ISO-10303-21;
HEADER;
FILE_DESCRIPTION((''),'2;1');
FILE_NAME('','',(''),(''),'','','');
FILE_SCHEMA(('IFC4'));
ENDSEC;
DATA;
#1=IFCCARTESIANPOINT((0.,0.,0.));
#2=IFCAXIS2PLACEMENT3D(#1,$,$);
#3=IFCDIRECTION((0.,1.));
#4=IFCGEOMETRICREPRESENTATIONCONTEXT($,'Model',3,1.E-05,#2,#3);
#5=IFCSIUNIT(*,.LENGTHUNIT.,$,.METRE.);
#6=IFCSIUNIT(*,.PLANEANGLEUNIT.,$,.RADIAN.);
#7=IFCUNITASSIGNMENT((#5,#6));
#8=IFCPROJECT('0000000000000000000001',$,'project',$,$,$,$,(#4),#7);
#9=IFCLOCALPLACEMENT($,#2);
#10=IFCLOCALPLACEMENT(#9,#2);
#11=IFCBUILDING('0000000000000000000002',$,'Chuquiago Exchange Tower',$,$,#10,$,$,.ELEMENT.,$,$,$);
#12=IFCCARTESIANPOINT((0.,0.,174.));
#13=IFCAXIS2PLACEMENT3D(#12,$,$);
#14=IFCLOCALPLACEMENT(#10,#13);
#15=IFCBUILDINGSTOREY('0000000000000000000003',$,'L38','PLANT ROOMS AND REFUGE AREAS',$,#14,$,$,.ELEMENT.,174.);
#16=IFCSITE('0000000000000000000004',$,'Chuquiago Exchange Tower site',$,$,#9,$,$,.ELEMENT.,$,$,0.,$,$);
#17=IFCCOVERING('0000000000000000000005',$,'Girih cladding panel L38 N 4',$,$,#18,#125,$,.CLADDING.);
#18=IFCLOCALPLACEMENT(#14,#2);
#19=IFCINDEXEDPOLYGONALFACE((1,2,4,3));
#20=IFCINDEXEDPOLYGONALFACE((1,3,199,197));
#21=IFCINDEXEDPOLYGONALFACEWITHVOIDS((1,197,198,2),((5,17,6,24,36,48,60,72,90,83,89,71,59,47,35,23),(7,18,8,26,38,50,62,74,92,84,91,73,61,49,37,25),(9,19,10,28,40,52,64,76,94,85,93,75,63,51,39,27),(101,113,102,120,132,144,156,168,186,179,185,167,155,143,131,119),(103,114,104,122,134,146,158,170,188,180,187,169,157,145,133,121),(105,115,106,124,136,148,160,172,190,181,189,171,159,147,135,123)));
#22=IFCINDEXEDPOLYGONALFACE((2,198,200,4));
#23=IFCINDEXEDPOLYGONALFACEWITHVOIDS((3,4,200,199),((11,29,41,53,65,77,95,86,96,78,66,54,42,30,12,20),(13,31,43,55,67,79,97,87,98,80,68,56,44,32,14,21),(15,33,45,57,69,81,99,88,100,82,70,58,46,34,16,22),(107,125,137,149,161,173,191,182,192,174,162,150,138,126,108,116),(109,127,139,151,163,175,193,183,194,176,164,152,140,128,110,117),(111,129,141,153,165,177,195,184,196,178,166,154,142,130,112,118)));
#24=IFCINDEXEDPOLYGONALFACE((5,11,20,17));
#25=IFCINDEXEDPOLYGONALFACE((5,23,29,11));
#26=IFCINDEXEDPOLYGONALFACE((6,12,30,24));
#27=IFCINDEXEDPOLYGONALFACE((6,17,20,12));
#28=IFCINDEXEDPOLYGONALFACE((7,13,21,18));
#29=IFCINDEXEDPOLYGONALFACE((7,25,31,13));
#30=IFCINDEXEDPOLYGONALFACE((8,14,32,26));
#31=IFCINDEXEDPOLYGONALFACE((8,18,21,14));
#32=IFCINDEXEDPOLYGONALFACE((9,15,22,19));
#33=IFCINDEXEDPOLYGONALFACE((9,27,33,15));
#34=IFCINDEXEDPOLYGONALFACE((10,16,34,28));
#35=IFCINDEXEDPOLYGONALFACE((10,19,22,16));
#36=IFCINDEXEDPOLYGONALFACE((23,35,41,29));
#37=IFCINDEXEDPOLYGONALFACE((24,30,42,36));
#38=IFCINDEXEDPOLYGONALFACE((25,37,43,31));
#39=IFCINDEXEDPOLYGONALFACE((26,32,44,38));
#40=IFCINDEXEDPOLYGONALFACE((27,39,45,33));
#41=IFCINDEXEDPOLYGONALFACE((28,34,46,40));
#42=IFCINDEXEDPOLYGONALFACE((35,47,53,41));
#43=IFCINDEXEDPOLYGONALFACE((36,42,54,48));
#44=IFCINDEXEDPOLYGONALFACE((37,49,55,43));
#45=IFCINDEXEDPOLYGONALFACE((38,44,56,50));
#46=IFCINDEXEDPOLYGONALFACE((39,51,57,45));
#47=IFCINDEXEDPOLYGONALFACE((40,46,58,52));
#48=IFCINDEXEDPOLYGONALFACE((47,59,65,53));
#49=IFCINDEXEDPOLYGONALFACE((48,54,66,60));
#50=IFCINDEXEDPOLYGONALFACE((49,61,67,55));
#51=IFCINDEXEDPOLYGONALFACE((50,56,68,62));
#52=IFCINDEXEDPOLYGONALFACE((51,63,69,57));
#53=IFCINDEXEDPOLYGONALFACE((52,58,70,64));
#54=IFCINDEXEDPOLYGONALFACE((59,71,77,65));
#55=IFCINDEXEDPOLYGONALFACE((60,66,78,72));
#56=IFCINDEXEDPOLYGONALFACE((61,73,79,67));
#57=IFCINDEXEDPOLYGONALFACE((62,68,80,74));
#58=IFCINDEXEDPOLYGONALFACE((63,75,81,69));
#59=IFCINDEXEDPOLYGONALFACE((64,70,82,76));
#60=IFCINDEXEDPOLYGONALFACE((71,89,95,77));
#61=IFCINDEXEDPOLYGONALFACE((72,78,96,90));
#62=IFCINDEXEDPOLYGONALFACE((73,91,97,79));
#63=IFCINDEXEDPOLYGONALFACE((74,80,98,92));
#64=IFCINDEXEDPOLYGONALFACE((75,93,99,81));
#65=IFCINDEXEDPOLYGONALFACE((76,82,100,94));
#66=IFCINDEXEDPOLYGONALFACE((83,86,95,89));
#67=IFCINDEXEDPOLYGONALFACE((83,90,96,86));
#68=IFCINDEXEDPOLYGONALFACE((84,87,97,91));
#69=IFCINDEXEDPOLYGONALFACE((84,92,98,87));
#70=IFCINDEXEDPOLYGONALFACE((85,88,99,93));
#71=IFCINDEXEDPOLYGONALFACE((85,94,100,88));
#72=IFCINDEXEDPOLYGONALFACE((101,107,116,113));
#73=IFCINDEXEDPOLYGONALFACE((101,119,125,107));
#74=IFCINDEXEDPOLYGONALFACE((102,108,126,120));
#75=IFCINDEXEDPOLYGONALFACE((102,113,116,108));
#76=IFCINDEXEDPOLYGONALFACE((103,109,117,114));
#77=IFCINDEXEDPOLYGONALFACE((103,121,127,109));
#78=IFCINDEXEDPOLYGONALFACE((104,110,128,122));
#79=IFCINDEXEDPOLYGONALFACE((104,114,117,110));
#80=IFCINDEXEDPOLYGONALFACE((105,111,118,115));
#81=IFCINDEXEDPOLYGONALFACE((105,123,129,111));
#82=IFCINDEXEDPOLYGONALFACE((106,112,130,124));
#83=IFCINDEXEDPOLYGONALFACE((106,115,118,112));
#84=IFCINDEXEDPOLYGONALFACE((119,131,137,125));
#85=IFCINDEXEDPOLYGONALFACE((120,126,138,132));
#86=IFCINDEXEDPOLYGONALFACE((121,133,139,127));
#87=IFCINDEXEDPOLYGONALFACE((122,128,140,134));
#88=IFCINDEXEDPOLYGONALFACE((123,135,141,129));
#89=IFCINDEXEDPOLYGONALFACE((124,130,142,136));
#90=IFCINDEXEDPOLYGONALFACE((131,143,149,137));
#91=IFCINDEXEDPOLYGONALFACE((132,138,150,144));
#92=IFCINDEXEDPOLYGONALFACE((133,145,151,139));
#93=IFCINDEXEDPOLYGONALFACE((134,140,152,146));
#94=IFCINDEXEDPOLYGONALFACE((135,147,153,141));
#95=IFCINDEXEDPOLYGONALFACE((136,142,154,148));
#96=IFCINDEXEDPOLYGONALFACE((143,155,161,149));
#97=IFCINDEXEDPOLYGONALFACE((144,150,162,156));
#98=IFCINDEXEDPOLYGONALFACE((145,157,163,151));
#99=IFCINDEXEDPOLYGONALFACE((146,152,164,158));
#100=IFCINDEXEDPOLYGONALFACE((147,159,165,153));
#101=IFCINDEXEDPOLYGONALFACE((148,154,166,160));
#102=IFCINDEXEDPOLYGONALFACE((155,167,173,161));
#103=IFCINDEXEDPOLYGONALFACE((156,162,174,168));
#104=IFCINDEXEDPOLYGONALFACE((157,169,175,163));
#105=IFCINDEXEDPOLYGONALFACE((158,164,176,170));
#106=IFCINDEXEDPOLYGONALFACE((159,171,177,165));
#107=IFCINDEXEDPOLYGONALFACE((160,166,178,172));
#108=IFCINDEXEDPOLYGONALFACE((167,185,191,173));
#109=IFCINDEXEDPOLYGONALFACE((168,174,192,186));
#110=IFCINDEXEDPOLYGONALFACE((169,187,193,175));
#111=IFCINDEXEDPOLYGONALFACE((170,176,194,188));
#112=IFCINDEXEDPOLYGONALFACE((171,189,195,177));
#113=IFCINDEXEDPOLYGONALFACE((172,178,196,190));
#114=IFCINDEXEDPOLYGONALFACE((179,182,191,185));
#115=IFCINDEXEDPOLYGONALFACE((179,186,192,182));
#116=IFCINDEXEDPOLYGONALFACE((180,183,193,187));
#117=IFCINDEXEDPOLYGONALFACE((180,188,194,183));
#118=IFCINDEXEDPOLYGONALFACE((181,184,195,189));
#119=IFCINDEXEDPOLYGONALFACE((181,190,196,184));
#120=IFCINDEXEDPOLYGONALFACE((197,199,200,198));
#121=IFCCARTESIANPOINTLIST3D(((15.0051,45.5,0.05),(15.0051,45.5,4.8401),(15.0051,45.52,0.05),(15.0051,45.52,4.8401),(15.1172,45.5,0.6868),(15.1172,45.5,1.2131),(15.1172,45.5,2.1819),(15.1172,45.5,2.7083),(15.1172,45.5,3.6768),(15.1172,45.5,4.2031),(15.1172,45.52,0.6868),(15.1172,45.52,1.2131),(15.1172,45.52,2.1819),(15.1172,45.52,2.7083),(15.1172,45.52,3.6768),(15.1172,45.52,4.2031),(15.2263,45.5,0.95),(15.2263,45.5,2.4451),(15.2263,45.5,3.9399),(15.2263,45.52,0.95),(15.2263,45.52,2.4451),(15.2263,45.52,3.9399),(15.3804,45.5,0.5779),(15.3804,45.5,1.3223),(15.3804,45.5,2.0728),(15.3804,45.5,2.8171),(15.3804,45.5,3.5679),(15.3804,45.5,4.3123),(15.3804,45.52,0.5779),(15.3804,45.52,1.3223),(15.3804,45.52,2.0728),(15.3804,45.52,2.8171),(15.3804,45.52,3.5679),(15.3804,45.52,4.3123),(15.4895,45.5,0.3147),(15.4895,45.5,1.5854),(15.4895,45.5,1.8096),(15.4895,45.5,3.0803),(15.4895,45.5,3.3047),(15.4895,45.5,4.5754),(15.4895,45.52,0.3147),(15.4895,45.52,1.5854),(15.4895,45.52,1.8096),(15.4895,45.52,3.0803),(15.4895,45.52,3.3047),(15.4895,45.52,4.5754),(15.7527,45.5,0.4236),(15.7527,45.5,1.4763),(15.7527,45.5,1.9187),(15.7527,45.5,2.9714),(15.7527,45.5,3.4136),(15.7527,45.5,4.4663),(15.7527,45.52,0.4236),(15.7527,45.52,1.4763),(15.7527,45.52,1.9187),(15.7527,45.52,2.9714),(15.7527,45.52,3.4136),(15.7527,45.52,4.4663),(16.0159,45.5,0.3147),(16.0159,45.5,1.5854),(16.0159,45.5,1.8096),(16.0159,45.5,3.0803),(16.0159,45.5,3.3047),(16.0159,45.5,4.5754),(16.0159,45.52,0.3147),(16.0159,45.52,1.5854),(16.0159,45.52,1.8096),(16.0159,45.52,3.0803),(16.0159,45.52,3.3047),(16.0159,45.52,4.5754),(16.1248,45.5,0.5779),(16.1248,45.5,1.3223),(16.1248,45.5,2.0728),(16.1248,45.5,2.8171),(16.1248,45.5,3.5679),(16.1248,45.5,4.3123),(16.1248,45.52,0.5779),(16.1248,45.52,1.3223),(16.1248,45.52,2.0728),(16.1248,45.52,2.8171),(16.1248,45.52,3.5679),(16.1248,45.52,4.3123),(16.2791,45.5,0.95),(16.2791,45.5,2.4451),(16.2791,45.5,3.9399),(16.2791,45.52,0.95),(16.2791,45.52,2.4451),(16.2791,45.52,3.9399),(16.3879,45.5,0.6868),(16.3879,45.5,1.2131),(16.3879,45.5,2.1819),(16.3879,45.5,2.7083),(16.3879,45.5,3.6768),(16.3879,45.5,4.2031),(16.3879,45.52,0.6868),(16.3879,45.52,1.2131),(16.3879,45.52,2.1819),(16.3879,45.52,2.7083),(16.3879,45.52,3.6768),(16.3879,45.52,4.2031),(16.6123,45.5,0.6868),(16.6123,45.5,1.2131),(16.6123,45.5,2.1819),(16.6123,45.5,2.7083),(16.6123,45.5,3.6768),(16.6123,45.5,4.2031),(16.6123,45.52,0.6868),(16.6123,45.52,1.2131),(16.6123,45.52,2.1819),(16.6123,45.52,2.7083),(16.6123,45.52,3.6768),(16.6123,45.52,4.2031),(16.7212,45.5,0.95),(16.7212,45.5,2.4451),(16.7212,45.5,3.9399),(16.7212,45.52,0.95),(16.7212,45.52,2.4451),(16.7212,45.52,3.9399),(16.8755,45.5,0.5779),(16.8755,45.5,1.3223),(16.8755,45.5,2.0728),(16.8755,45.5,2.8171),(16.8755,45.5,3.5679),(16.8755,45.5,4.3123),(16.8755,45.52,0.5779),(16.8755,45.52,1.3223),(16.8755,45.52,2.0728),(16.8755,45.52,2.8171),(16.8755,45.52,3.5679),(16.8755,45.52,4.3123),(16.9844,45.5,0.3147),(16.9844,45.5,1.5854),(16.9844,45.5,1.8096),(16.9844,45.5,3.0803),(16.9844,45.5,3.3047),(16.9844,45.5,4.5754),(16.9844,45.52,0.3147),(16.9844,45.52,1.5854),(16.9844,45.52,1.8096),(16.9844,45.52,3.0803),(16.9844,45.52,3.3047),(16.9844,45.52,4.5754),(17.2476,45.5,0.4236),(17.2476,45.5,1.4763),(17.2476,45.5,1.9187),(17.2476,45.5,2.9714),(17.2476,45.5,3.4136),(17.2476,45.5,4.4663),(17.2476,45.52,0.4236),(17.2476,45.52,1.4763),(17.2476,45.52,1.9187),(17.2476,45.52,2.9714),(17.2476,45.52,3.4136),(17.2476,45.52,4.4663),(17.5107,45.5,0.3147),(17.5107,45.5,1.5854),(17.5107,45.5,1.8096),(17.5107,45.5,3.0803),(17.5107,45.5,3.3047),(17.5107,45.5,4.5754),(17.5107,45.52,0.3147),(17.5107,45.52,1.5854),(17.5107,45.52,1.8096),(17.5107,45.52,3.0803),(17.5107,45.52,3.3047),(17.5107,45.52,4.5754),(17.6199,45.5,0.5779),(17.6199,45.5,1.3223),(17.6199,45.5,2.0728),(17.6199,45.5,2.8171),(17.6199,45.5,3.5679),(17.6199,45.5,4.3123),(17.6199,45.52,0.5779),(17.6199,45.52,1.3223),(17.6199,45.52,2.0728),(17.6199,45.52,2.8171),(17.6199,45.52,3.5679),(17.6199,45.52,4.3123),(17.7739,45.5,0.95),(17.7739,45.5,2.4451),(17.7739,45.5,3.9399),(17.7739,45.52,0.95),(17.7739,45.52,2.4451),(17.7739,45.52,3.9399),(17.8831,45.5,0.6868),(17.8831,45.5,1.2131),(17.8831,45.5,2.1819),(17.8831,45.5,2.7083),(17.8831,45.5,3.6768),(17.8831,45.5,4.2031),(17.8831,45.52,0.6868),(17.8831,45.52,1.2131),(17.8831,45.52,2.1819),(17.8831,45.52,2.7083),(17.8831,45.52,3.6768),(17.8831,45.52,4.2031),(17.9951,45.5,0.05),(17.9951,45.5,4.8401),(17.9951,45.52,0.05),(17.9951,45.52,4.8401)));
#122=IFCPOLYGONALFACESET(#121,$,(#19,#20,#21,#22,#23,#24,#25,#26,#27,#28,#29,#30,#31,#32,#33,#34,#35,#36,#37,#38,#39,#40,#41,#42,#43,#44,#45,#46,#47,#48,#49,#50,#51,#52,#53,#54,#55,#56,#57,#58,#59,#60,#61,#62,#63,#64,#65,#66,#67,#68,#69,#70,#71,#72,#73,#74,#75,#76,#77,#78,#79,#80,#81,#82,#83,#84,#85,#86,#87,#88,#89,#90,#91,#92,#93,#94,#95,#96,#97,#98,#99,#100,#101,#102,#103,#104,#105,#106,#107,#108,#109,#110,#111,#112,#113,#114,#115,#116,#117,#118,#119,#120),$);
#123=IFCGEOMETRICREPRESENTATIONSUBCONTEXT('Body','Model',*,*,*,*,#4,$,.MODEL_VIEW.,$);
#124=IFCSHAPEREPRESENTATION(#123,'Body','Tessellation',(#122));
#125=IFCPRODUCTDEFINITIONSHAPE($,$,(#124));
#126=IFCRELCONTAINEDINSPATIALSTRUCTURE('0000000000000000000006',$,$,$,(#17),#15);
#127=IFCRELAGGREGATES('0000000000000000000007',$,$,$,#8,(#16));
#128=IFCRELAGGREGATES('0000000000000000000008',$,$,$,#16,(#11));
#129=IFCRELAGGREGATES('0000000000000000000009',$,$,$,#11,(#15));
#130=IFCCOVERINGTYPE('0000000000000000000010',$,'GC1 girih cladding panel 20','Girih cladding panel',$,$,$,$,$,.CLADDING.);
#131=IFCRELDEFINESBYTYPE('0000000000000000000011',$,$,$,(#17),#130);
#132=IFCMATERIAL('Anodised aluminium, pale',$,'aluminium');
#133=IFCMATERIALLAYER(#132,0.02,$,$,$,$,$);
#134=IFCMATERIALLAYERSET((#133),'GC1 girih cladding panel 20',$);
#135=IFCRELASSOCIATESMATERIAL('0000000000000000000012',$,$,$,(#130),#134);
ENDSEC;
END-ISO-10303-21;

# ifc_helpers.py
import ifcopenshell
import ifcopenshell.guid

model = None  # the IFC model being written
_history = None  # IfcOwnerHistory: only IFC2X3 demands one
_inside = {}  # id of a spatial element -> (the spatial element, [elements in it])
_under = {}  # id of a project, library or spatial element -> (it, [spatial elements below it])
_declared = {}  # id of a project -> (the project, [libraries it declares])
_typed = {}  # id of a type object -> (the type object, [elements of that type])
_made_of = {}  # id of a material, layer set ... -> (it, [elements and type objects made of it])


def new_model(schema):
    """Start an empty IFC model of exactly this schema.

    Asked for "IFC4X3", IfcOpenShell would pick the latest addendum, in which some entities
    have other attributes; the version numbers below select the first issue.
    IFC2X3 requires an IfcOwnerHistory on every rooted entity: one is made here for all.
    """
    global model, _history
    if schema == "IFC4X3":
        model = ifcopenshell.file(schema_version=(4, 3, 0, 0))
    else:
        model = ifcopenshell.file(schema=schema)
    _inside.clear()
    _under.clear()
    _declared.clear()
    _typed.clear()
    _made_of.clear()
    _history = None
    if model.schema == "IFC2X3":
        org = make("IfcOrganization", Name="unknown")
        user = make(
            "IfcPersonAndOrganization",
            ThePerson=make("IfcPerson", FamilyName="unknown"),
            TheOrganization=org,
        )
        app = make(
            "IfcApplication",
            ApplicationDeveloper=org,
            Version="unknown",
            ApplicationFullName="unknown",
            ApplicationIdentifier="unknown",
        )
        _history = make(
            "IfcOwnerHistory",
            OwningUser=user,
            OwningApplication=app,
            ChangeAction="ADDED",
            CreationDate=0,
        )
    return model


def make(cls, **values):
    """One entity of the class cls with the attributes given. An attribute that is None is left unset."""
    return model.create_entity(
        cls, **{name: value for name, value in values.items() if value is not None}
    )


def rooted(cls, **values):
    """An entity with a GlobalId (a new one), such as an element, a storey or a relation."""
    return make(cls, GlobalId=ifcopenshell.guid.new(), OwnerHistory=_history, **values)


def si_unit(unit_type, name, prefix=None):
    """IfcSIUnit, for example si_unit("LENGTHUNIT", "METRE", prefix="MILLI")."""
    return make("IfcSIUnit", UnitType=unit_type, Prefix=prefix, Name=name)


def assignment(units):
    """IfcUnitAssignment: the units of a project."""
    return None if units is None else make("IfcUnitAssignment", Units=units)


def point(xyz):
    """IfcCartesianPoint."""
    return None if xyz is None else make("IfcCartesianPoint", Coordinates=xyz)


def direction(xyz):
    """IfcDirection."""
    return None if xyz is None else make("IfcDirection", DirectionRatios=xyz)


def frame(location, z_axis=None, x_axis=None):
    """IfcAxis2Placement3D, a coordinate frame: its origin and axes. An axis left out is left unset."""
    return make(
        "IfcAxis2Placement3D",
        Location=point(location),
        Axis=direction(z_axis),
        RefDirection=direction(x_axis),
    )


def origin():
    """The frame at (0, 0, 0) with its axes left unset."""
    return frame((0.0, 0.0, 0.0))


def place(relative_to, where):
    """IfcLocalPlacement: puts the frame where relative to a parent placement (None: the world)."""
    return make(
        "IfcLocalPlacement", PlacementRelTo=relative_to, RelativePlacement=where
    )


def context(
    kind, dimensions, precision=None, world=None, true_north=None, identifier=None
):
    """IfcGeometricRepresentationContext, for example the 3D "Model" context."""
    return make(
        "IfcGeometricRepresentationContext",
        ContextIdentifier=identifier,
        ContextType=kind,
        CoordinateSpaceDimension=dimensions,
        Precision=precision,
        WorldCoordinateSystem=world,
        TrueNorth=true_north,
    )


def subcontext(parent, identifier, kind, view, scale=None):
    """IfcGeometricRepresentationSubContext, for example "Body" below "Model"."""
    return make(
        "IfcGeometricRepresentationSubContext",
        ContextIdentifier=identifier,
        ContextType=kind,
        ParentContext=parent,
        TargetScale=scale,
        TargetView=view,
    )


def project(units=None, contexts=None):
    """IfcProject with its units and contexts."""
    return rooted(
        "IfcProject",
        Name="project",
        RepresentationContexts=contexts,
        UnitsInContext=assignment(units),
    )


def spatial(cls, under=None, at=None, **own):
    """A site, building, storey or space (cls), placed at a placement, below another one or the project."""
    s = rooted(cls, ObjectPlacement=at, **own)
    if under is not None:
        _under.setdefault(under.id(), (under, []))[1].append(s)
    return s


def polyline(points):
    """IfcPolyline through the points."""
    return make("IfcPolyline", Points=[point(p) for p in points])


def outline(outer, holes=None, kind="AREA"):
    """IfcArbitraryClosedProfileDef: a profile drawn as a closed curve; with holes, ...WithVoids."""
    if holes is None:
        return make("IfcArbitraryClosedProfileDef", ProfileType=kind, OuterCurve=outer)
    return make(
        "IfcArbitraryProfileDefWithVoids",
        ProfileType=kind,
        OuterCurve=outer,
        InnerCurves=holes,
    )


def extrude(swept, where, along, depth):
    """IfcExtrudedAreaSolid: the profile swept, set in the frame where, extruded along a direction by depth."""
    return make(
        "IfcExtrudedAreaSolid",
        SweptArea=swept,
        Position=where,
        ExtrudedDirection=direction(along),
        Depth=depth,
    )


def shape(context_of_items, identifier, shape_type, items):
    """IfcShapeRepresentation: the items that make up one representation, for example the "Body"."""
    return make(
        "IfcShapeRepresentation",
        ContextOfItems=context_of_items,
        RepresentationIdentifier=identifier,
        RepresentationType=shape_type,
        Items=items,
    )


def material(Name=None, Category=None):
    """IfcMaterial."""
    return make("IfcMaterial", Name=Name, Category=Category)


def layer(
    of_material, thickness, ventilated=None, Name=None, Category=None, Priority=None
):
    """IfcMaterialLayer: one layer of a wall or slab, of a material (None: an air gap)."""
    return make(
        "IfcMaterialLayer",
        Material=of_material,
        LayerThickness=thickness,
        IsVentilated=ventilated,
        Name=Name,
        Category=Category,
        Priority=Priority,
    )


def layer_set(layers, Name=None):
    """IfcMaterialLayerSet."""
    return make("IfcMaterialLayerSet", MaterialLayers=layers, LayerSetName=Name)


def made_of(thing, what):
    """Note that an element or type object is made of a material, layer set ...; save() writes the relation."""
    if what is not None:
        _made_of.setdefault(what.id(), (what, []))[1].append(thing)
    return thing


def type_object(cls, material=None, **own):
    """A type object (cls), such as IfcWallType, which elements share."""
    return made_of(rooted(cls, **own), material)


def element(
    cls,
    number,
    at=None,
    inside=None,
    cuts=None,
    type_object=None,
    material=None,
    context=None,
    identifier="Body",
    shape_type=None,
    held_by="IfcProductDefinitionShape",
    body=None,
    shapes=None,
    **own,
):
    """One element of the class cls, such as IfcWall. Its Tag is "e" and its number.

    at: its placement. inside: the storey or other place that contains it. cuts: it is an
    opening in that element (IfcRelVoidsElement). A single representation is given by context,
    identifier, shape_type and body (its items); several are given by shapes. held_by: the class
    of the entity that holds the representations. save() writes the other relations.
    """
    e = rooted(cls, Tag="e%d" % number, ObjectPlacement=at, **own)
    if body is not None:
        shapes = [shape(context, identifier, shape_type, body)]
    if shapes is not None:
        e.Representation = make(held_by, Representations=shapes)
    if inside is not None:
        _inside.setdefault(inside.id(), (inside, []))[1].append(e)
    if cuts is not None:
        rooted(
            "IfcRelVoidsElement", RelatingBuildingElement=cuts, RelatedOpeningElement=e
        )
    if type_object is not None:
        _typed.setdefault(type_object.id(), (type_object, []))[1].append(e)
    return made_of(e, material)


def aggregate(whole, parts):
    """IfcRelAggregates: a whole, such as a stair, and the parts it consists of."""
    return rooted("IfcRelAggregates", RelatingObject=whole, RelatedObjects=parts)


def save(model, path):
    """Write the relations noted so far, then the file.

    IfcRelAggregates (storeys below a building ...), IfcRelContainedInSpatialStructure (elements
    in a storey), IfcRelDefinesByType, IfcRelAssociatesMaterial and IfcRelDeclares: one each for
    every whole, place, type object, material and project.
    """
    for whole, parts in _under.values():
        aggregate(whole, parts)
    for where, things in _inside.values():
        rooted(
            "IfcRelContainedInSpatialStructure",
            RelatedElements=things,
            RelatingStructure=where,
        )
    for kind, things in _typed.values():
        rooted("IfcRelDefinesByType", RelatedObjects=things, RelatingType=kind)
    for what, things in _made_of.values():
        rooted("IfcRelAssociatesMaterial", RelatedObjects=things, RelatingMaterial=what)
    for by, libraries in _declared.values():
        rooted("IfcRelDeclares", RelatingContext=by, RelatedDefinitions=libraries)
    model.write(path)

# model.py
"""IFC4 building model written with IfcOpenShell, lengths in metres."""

from ifc_helpers import new_model, si_unit, direction, frame, origin, place, context, subcontext, project, spatial, polyline, outline, extrude, material, layer, layer_set, type_object, element, save


model = new_model("IFC4")

# Units and contexts
model_context = context("Model", 3, precision=1e-05, world=origin(), true_north=direction((0.0, 1.0)))
body_context = subcontext(model_context, "Body", "Model", "MODEL_VIEW")
ifc_project = project(units=[si_unit("LENGTHUNIT", "METRE"), si_unit("PLANEANGLEUNIT", "RADIAN")], contexts=[model_context])

# Site, building, storey
site_placement = place(None, origin())
site = spatial("IfcSite", under=ifc_project, at=site_placement, Name="Chuquiago Exchange Tower site", CompositionType="ELEMENT", RefElevation=0.0)
building_placement = place(site_placement, origin())
building = spatial("IfcBuilding", under=site, at=building_placement, Name="Chuquiago Exchange Tower", CompositionType="ELEMENT")
storey_placement = place(building_placement, frame((0.0, 0.0, 174.0)))
storey = spatial("IfcBuildingStorey", under=building, at=storey_placement, Name="L38", Description="PLANT ROOMS AND REFUGE AREAS", CompositionType="ELEMENT", Elevation=174.0)

# Covering
ifc_material_1 = material(Name="Anodised aluminium, pale", Category="aluminium")
ifc_layer_1 = layer(ifc_material_1, 0.02)
ifc_layer_set_1 = layer_set([ifc_layer_1], Name="GC1 girih cladding panel 20")
covering_type = type_object("IfcCoveringType", Name="GC1 girih cladding panel 20", Description="Girih cladding panel", PredefinedType="CLADDING", material=ifc_layer_set_1)
covering_1_placement = place(storey_placement, frame((17.9951, 45.5, 0.05), z_axis=(0.0, 0.0, 1.0), x_axis=(-1.0, 0.0, 0.0)))
element("IfcCovering", 1, at=covering_1_placement, inside=storey, type_object=covering_type, Name="Girih cladding panel L38 N 4", PredefinedType="CLADDING", context=body_context, shape_type="SweptSolid", body=[
    extrude(outline(polyline([(0.0, 0.0), (2.99, 0.0), (2.99, 4.79), (0.0, 4.79), (0.0, 0.0)]), holes=[polyline([(1.2739, 0.8999), (1.3828, 1.1631), (1.1196, 1.2722), (1.0107, 1.5354), (0.7476, 1.4263), (0.4844, 1.5354), (0.3752, 1.2722), (0.1121, 1.1631), (0.2212, 0.8999), (0.1121, 0.6367), (0.3752, 0.5278), (0.4844, 0.2646), (0.7476, 0.3735), (1.0107, 0.2646), (1.1196, 0.5278), (1.3828, 0.6367), (1.2739, 0.8999)]), polyline([(2.7688, 0.8999), (2.8779, 1.1631), (2.6147, 1.2722), (2.5056, 1.5354), (2.2424, 1.4263), (1.9792, 1.5354), (1.8704, 1.2722), (1.6072, 1.1631), (1.7161, 0.8999), (1.6072, 0.6367), (1.8704, 0.5278), (1.9792, 0.2646), (2.2424, 0.3735), (2.5056, 0.2646), (2.6147, 0.5278), (2.8779, 0.6367), (2.7688, 0.8999)]), polyline([(1.2739, 2.395), (1.3828, 2.6582), (1.1196, 2.7671), (1.0107, 3.0303), (0.7476, 2.9214), (0.4844, 3.0303), (0.3752, 2.7671), (0.1121, 2.6582), (0.2212, 2.395), (0.1121, 2.1318), (0.3752, 2.0227), (0.4844, 1.7595), (0.7476, 1.8687), (1.0107, 1.7595), (1.1196, 2.0227), (1.3828, 2.1318), (1.2739, 2.395)]), polyline([(2.7688, 2.395), (2.8779, 2.6582), (2.6147, 2.7671), (2.5056, 3.0303), (2.2424, 2.9214), (1.9792, 3.0303), (1.8704, 2.7671), (1.6072, 2.6582), (1.7161, 2.395), (1.6072, 2.1318), (1.8704, 2.0227), (1.9792, 1.7595), (2.2424, 1.8687), (2.5056, 1.7595), (2.6147, 2.0227), (2.8779, 2.1318), (2.7688, 2.395)]), polyline([(1.2739, 3.8899), (1.3828, 4.1531), (1.1196, 4.2622), (1.0107, 4.5254), (0.7476, 4.4163), (0.4844, 4.5254), (0.3752, 4.2622), (0.1121, 4.1531), (0.2212, 3.8899), (0.1121, 3.6267), (0.3752, 3.5178), (0.4844, 3.2546), (0.7476, 3.3635), (1.0107, 3.2546), (1.1196, 3.5178), (1.3828, 3.6267), (1.2739, 3.8899)]), polyline([(2.7688, 3.8899), (2.8779, 4.1531), (2.6147, 4.2622), (2.5056, 4.5254), (2.2424, 4.4163), (1.9792, 4.5254), (1.8704, 4.2622), (1.6072, 4.1531), (1.7161, 3.8899), (1.6072, 3.6267), (1.8704, 3.5178), (1.9792, 3.2546), (2.2424, 3.3635), (2.5056, 3.2546), (2.6147, 3.5178), (2.8779, 3.6267), (2.7688, 3.8899)])]), frame((0.0, 0.0, 0.0), z_axis=(0.0, -1.0, 0.0), x_axis=(1.0, 0.0, 0.0)), (0.0, 0.0, 1.0), 0.02),
])

save(model, "model.ifc")
